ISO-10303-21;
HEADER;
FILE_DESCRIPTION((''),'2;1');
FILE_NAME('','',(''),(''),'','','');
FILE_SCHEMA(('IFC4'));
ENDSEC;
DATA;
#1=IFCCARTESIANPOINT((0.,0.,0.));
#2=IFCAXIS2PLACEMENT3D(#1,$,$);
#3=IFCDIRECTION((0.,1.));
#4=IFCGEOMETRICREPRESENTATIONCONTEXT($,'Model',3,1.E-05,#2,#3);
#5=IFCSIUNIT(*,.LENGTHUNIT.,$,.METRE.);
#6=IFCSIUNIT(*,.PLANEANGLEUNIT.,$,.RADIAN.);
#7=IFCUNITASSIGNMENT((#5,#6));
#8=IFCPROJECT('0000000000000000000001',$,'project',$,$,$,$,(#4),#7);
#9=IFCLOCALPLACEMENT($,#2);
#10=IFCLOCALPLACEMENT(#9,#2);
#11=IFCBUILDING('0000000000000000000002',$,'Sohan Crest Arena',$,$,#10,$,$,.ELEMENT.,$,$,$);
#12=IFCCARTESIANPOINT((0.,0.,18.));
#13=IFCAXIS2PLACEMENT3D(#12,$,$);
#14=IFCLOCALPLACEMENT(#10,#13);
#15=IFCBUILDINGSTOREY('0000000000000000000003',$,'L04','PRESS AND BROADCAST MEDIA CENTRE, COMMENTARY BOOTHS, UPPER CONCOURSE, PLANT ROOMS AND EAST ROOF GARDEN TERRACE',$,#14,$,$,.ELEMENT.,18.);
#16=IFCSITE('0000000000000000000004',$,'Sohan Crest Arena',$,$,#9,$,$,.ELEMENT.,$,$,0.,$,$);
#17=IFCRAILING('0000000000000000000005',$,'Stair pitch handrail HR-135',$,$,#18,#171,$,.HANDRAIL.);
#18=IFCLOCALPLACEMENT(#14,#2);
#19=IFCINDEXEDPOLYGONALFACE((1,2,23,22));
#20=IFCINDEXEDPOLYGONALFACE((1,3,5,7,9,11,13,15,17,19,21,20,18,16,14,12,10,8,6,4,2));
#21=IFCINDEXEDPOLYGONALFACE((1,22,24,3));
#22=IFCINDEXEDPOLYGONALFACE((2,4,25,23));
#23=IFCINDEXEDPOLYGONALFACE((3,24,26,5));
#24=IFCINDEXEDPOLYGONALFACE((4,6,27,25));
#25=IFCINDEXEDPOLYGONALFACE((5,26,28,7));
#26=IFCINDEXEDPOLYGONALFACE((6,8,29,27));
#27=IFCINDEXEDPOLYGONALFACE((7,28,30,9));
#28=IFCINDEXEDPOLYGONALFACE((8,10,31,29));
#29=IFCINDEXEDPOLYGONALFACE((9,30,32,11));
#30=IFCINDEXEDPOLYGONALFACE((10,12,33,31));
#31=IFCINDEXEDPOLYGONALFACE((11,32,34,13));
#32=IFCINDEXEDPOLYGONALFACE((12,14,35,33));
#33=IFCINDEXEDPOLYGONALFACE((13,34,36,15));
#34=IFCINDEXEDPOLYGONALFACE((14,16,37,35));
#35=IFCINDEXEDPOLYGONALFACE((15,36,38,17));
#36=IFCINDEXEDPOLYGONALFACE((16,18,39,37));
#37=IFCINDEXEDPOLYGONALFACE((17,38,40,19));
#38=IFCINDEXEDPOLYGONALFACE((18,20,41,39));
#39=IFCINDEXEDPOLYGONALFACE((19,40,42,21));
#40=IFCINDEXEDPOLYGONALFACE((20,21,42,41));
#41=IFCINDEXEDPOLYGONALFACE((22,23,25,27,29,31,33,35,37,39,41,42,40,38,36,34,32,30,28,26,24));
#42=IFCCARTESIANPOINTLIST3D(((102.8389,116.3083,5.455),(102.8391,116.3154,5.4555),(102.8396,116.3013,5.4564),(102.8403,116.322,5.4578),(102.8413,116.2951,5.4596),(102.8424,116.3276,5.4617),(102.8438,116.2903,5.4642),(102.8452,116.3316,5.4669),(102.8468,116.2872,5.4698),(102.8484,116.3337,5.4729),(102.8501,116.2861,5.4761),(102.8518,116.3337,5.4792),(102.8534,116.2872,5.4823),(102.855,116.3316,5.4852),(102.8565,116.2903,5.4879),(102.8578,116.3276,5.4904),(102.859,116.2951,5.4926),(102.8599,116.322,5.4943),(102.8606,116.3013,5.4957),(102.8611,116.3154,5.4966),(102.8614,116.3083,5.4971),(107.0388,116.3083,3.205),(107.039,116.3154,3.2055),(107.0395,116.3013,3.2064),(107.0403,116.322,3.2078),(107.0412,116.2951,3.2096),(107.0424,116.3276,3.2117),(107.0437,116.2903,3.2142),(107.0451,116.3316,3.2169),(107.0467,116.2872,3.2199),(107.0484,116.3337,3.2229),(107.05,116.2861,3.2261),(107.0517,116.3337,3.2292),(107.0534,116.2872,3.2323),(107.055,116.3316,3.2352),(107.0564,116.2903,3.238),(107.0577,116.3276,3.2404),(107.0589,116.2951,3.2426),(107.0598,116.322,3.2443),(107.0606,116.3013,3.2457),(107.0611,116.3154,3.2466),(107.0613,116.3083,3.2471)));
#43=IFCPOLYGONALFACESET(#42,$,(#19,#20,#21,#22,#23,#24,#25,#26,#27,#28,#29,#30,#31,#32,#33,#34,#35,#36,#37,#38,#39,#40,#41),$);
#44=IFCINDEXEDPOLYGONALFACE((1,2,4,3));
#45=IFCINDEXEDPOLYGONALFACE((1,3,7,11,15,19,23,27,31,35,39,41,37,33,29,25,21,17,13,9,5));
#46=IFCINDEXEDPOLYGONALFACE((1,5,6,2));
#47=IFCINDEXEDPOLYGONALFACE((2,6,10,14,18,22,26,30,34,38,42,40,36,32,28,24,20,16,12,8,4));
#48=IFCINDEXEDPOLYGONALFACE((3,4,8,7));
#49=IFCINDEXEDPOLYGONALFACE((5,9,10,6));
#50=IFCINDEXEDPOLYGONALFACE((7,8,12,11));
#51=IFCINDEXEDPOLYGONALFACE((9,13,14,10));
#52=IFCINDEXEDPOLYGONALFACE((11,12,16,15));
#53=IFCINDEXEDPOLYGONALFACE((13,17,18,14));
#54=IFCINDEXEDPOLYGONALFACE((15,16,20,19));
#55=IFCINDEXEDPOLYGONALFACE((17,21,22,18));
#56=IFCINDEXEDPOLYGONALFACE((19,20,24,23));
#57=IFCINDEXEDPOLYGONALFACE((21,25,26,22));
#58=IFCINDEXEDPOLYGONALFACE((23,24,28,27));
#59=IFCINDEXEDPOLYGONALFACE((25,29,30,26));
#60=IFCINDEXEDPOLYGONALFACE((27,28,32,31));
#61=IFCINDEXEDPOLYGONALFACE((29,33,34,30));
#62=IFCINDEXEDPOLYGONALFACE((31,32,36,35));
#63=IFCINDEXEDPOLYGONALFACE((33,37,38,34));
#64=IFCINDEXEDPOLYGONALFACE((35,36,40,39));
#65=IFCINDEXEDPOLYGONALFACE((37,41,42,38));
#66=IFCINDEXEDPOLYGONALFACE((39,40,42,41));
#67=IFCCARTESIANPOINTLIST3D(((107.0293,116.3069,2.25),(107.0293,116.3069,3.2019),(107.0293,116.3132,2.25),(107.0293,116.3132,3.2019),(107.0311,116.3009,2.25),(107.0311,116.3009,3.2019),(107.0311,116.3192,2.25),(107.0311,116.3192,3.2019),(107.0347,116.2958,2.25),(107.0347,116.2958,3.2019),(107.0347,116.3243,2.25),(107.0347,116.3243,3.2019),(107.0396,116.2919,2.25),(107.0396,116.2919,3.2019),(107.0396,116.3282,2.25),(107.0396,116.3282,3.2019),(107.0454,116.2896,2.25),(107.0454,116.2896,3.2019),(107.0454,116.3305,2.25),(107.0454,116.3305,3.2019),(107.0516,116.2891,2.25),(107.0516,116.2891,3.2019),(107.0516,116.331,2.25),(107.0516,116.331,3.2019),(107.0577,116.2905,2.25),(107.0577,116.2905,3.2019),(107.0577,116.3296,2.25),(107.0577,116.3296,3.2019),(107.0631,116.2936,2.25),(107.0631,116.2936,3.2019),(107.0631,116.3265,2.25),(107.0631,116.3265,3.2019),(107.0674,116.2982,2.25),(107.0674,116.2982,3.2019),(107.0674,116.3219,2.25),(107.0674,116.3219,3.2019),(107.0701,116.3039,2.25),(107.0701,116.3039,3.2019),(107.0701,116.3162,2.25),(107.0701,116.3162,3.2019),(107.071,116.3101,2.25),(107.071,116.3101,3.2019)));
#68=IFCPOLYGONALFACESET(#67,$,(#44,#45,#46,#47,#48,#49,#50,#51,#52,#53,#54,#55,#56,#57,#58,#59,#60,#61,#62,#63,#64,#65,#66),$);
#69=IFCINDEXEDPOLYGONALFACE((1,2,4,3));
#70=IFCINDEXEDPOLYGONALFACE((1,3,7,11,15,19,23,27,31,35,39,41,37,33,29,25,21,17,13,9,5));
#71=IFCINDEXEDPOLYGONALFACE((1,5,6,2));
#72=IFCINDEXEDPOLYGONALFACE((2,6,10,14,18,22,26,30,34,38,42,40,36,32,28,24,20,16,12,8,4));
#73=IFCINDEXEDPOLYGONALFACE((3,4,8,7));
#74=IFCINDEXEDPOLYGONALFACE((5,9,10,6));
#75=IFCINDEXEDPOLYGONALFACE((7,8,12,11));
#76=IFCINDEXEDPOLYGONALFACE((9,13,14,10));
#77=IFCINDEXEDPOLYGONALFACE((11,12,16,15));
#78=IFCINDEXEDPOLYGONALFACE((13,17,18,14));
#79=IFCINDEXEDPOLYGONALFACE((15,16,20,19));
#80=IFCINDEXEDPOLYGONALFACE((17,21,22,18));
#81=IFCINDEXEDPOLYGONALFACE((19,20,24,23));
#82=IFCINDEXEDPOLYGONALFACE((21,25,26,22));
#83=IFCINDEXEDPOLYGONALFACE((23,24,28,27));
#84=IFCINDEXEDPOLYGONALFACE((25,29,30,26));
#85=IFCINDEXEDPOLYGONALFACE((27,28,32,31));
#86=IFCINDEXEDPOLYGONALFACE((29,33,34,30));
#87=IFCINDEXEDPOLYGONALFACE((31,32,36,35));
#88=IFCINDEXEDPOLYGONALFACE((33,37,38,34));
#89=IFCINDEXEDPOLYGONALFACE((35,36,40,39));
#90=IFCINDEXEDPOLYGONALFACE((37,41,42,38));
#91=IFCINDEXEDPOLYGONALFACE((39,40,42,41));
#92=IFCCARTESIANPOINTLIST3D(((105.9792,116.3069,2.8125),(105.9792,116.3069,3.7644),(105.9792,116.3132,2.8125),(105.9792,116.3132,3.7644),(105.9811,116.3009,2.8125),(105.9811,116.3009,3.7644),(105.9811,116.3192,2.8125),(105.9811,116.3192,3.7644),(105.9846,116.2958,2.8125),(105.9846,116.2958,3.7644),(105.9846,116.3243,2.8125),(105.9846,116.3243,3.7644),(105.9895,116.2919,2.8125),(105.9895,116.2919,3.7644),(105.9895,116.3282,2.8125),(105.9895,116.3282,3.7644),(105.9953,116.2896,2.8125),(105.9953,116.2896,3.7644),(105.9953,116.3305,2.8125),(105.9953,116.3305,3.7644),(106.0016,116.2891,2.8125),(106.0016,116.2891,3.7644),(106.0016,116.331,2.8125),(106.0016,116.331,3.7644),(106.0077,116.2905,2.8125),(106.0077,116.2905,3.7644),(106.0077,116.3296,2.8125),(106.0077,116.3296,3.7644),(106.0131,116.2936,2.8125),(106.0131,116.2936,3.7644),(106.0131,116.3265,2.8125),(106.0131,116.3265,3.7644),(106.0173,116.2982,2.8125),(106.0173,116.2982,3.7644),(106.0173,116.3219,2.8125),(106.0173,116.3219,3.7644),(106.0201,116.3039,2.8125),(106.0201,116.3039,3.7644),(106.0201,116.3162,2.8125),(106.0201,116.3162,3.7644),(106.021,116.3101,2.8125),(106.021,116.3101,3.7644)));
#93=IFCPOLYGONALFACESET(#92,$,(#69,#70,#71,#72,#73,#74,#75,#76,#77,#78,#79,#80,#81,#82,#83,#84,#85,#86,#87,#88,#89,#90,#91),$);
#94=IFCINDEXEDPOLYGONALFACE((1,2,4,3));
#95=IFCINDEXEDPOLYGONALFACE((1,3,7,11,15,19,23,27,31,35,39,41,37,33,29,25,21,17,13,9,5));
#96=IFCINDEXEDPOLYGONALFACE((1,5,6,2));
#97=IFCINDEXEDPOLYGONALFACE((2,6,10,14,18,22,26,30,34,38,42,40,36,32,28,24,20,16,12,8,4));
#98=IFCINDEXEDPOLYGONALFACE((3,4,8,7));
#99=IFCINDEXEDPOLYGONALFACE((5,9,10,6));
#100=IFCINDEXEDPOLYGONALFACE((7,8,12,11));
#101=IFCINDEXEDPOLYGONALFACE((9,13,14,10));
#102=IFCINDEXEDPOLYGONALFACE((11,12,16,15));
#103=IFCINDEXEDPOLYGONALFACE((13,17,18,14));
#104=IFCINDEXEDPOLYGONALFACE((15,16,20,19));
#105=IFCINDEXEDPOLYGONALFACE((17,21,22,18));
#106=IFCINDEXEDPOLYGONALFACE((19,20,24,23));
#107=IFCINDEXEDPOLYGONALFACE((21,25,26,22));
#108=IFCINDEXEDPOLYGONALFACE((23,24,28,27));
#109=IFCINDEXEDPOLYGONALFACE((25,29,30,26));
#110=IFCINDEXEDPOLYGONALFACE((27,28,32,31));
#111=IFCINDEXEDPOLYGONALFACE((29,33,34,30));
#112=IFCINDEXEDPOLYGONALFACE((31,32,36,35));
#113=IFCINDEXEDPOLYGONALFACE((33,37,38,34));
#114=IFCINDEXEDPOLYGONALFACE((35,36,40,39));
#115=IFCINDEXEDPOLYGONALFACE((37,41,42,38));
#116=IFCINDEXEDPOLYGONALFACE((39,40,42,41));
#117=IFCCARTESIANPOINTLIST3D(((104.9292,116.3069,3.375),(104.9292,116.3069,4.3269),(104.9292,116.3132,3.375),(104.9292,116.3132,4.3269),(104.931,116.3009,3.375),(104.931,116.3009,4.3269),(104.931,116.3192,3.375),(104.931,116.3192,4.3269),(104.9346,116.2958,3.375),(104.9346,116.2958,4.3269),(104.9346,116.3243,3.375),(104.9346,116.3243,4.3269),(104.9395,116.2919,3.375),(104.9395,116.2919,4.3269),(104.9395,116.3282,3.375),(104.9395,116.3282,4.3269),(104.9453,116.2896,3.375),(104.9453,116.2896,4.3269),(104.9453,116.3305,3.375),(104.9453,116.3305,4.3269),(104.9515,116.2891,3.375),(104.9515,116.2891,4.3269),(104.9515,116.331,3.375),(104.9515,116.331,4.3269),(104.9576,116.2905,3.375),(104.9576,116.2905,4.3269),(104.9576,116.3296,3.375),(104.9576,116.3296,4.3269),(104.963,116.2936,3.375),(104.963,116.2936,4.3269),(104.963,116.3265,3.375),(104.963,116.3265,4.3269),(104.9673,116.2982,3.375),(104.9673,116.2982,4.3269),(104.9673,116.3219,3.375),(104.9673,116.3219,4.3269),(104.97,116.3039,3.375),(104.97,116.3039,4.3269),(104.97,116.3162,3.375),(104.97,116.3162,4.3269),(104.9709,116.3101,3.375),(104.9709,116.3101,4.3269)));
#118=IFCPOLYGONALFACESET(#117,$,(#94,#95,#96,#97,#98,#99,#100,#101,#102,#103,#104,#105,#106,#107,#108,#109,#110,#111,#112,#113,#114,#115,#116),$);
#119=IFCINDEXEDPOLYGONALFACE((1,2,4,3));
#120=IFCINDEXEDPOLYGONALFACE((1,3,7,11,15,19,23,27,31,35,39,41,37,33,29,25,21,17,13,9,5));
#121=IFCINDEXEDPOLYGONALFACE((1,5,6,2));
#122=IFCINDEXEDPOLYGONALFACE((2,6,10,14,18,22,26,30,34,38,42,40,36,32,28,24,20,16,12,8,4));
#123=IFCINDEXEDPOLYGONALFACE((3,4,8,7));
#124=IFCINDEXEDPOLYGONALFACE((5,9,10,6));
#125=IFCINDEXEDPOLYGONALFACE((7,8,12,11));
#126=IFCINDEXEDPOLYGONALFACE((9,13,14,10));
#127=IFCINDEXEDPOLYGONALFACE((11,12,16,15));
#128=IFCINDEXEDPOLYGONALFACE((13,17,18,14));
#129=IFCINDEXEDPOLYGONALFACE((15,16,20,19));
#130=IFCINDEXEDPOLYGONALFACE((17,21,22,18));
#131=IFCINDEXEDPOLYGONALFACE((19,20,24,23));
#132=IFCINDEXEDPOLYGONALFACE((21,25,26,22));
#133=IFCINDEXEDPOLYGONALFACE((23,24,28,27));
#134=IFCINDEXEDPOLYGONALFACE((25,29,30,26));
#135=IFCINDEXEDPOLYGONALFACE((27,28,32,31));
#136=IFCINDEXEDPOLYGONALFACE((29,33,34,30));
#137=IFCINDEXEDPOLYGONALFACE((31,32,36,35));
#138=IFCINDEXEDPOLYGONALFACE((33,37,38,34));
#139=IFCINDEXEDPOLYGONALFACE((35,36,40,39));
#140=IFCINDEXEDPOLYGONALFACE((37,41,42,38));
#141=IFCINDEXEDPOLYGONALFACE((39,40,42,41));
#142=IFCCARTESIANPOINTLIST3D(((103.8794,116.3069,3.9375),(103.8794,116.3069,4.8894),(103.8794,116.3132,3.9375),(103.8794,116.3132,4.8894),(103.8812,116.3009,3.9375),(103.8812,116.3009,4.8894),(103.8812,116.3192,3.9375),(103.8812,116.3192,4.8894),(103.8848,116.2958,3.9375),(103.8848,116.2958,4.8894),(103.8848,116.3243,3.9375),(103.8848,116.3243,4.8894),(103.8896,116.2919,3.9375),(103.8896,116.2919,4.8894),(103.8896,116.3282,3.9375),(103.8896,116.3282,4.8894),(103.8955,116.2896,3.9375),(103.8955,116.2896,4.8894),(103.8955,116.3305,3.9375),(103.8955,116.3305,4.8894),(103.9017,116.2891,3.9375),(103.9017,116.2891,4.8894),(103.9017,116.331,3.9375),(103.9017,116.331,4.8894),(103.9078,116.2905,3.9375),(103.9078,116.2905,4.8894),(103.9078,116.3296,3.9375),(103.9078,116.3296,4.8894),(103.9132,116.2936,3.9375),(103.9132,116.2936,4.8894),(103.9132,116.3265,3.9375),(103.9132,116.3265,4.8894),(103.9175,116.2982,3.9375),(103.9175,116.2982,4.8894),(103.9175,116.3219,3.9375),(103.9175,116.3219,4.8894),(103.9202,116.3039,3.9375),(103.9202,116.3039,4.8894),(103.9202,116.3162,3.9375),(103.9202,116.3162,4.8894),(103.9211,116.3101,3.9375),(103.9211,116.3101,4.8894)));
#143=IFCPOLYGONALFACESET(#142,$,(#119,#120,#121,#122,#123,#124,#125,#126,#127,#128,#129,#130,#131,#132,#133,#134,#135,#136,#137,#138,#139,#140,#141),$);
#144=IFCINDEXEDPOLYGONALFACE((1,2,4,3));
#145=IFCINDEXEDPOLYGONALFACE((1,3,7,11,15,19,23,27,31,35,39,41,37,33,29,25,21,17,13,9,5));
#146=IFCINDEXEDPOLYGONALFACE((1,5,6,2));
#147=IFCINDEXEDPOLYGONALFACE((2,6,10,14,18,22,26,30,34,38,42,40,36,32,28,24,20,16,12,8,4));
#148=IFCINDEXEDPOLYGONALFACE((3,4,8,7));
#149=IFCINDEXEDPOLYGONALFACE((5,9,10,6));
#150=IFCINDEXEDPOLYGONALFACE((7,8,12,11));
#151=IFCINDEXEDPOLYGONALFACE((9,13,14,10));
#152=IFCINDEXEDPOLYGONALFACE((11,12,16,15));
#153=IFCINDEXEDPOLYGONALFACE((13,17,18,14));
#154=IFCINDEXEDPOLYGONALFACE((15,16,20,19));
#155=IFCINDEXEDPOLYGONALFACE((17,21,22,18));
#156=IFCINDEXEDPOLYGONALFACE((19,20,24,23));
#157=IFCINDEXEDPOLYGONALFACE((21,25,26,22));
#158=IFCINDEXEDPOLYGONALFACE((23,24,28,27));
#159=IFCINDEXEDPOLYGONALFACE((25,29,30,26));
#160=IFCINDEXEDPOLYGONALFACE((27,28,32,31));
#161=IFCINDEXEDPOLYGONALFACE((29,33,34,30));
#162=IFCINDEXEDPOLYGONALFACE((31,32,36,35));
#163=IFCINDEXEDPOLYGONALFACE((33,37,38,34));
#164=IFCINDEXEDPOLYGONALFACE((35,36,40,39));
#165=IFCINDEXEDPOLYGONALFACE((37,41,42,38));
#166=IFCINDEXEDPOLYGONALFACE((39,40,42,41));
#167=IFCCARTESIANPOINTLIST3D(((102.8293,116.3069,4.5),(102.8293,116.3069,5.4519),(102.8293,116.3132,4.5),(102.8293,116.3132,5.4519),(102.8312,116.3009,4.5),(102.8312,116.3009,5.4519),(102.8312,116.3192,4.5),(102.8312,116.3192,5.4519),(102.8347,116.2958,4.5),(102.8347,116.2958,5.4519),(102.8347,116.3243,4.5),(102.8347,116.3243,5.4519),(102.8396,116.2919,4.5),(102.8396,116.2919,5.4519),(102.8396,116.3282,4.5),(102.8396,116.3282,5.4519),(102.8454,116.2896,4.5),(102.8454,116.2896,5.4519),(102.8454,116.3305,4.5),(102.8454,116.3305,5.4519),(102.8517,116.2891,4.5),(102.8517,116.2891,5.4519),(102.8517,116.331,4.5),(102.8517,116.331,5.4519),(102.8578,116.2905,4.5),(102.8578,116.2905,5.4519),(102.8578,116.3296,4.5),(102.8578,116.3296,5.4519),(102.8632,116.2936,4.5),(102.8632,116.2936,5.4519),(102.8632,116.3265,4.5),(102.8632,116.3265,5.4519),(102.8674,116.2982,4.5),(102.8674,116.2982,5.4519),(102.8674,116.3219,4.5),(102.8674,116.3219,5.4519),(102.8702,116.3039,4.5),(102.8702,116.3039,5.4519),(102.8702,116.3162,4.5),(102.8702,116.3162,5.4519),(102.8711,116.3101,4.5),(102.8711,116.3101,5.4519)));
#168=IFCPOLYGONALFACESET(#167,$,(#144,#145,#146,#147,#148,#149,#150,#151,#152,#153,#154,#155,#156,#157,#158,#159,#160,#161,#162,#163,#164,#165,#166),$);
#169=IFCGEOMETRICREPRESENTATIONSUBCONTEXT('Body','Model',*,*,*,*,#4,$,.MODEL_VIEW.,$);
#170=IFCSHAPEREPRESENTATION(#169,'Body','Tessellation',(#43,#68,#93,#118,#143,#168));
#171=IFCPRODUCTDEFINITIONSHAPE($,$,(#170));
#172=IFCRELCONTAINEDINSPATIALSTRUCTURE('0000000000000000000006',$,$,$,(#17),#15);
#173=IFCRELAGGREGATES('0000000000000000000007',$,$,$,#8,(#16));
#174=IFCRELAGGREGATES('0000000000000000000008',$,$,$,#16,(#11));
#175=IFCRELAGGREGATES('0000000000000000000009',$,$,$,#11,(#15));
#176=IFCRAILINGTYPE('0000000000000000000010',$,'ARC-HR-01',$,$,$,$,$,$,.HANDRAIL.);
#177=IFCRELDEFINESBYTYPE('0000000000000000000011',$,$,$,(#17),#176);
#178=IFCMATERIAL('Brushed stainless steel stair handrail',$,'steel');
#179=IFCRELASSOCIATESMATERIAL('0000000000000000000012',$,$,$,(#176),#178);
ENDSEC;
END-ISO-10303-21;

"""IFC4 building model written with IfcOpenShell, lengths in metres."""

from ifc_helpers import new_model, si_unit, direction, frame, origin, origin_2d, place, context, subcontext, project, spatial, circle, extrude, material, type_object, element, save


model = new_model("IFC4")

# Units and contexts
model_context = context("Model", 3, precision=1e-05, world=origin(), true_north=direction((0.0, 1.0)))
body_context = subcontext(model_context, "Body", "Model", "MODEL_VIEW")
ifc_project = project(units=[si_unit("LENGTHUNIT", "METRE"), si_unit("PLANEANGLEUNIT", "RADIAN")], contexts=[model_context])

# Site, building, storey
site_placement = place(None, origin())
site = spatial("IfcSite", under=ifc_project, at=site_placement, Name="Sohan Crest Arena", CompositionType="ELEMENT", RefElevation=0.0)
building_placement = place(site_placement, origin())
building = spatial("IfcBuilding", under=site, at=building_placement, Name="Sohan Crest Arena", CompositionType="ELEMENT")
storey_placement = place(building_placement, frame((0.0, 0.0, 18.0)))
storey = spatial("IfcBuildingStorey", under=building, at=storey_placement, Name="L04", Description="PRESS AND BROADCAST MEDIA CENTRE, COMMENTARY BOOTHS, UPPER CONCOURSE, PLANT ROOMS AND EAST ROOF GARDEN TERRACE", CompositionType="ELEMENT", Elevation=18.0)

# Railing
ifc_material_1 = material(Name="Brushed stainless steel stair handrail", Category="steel")
railing_type_1 = type_object("IfcRailingType", Name="ARC-HR-01", PredefinedType="HANDRAIL", material=ifc_material_1)
railing_1_placement = place(storey_placement, frame((107.05, 116.3101, 2.25)))
element("IfcRailing", 1, at=railing_1_placement, inside=storey, type_object=railing_type_1, Name="Stair pitch handrail HR-135", PredefinedType="HANDRAIL", context=body_context, shape_type="SweptSolid", body=[
    extrude(circle(Radius=0.0239, at=origin_2d()), frame((0.0, 0.0, 0.9761), z_axis=(-0.881478, 0.0, 0.472226), x_axis=(0.0, -1.0, 0.0)), (0.0, 0.0, 1.0), 4.7646),
    extrude(circle(Radius=0.021, at=origin_2d()), origin(), (0.0, 0.0, 1.0), 0.9519),
    extrude(circle(Radius=0.021, at=origin_2d()), frame((-1.05, 0.0, 0.5625)), (0.0, 0.0, 1.0), 0.9519),
    extrude(circle(Radius=0.021, at=origin_2d()), frame((-2.1001, 0.0, 1.125)), (0.0, 0.0, 1.0), 0.9519),
    extrude(circle(Radius=0.021, at=origin_2d()), frame((-3.1499, 0.0, 1.6875)), (0.0, 0.0, 1.0), 0.9519),
    extrude(circle(Radius=0.021, at=origin_2d()), frame((-4.2, 0.0, 2.25)), (0.0, 0.0, 1.0), 0.9519),
])

save(model, "model.ifc")
